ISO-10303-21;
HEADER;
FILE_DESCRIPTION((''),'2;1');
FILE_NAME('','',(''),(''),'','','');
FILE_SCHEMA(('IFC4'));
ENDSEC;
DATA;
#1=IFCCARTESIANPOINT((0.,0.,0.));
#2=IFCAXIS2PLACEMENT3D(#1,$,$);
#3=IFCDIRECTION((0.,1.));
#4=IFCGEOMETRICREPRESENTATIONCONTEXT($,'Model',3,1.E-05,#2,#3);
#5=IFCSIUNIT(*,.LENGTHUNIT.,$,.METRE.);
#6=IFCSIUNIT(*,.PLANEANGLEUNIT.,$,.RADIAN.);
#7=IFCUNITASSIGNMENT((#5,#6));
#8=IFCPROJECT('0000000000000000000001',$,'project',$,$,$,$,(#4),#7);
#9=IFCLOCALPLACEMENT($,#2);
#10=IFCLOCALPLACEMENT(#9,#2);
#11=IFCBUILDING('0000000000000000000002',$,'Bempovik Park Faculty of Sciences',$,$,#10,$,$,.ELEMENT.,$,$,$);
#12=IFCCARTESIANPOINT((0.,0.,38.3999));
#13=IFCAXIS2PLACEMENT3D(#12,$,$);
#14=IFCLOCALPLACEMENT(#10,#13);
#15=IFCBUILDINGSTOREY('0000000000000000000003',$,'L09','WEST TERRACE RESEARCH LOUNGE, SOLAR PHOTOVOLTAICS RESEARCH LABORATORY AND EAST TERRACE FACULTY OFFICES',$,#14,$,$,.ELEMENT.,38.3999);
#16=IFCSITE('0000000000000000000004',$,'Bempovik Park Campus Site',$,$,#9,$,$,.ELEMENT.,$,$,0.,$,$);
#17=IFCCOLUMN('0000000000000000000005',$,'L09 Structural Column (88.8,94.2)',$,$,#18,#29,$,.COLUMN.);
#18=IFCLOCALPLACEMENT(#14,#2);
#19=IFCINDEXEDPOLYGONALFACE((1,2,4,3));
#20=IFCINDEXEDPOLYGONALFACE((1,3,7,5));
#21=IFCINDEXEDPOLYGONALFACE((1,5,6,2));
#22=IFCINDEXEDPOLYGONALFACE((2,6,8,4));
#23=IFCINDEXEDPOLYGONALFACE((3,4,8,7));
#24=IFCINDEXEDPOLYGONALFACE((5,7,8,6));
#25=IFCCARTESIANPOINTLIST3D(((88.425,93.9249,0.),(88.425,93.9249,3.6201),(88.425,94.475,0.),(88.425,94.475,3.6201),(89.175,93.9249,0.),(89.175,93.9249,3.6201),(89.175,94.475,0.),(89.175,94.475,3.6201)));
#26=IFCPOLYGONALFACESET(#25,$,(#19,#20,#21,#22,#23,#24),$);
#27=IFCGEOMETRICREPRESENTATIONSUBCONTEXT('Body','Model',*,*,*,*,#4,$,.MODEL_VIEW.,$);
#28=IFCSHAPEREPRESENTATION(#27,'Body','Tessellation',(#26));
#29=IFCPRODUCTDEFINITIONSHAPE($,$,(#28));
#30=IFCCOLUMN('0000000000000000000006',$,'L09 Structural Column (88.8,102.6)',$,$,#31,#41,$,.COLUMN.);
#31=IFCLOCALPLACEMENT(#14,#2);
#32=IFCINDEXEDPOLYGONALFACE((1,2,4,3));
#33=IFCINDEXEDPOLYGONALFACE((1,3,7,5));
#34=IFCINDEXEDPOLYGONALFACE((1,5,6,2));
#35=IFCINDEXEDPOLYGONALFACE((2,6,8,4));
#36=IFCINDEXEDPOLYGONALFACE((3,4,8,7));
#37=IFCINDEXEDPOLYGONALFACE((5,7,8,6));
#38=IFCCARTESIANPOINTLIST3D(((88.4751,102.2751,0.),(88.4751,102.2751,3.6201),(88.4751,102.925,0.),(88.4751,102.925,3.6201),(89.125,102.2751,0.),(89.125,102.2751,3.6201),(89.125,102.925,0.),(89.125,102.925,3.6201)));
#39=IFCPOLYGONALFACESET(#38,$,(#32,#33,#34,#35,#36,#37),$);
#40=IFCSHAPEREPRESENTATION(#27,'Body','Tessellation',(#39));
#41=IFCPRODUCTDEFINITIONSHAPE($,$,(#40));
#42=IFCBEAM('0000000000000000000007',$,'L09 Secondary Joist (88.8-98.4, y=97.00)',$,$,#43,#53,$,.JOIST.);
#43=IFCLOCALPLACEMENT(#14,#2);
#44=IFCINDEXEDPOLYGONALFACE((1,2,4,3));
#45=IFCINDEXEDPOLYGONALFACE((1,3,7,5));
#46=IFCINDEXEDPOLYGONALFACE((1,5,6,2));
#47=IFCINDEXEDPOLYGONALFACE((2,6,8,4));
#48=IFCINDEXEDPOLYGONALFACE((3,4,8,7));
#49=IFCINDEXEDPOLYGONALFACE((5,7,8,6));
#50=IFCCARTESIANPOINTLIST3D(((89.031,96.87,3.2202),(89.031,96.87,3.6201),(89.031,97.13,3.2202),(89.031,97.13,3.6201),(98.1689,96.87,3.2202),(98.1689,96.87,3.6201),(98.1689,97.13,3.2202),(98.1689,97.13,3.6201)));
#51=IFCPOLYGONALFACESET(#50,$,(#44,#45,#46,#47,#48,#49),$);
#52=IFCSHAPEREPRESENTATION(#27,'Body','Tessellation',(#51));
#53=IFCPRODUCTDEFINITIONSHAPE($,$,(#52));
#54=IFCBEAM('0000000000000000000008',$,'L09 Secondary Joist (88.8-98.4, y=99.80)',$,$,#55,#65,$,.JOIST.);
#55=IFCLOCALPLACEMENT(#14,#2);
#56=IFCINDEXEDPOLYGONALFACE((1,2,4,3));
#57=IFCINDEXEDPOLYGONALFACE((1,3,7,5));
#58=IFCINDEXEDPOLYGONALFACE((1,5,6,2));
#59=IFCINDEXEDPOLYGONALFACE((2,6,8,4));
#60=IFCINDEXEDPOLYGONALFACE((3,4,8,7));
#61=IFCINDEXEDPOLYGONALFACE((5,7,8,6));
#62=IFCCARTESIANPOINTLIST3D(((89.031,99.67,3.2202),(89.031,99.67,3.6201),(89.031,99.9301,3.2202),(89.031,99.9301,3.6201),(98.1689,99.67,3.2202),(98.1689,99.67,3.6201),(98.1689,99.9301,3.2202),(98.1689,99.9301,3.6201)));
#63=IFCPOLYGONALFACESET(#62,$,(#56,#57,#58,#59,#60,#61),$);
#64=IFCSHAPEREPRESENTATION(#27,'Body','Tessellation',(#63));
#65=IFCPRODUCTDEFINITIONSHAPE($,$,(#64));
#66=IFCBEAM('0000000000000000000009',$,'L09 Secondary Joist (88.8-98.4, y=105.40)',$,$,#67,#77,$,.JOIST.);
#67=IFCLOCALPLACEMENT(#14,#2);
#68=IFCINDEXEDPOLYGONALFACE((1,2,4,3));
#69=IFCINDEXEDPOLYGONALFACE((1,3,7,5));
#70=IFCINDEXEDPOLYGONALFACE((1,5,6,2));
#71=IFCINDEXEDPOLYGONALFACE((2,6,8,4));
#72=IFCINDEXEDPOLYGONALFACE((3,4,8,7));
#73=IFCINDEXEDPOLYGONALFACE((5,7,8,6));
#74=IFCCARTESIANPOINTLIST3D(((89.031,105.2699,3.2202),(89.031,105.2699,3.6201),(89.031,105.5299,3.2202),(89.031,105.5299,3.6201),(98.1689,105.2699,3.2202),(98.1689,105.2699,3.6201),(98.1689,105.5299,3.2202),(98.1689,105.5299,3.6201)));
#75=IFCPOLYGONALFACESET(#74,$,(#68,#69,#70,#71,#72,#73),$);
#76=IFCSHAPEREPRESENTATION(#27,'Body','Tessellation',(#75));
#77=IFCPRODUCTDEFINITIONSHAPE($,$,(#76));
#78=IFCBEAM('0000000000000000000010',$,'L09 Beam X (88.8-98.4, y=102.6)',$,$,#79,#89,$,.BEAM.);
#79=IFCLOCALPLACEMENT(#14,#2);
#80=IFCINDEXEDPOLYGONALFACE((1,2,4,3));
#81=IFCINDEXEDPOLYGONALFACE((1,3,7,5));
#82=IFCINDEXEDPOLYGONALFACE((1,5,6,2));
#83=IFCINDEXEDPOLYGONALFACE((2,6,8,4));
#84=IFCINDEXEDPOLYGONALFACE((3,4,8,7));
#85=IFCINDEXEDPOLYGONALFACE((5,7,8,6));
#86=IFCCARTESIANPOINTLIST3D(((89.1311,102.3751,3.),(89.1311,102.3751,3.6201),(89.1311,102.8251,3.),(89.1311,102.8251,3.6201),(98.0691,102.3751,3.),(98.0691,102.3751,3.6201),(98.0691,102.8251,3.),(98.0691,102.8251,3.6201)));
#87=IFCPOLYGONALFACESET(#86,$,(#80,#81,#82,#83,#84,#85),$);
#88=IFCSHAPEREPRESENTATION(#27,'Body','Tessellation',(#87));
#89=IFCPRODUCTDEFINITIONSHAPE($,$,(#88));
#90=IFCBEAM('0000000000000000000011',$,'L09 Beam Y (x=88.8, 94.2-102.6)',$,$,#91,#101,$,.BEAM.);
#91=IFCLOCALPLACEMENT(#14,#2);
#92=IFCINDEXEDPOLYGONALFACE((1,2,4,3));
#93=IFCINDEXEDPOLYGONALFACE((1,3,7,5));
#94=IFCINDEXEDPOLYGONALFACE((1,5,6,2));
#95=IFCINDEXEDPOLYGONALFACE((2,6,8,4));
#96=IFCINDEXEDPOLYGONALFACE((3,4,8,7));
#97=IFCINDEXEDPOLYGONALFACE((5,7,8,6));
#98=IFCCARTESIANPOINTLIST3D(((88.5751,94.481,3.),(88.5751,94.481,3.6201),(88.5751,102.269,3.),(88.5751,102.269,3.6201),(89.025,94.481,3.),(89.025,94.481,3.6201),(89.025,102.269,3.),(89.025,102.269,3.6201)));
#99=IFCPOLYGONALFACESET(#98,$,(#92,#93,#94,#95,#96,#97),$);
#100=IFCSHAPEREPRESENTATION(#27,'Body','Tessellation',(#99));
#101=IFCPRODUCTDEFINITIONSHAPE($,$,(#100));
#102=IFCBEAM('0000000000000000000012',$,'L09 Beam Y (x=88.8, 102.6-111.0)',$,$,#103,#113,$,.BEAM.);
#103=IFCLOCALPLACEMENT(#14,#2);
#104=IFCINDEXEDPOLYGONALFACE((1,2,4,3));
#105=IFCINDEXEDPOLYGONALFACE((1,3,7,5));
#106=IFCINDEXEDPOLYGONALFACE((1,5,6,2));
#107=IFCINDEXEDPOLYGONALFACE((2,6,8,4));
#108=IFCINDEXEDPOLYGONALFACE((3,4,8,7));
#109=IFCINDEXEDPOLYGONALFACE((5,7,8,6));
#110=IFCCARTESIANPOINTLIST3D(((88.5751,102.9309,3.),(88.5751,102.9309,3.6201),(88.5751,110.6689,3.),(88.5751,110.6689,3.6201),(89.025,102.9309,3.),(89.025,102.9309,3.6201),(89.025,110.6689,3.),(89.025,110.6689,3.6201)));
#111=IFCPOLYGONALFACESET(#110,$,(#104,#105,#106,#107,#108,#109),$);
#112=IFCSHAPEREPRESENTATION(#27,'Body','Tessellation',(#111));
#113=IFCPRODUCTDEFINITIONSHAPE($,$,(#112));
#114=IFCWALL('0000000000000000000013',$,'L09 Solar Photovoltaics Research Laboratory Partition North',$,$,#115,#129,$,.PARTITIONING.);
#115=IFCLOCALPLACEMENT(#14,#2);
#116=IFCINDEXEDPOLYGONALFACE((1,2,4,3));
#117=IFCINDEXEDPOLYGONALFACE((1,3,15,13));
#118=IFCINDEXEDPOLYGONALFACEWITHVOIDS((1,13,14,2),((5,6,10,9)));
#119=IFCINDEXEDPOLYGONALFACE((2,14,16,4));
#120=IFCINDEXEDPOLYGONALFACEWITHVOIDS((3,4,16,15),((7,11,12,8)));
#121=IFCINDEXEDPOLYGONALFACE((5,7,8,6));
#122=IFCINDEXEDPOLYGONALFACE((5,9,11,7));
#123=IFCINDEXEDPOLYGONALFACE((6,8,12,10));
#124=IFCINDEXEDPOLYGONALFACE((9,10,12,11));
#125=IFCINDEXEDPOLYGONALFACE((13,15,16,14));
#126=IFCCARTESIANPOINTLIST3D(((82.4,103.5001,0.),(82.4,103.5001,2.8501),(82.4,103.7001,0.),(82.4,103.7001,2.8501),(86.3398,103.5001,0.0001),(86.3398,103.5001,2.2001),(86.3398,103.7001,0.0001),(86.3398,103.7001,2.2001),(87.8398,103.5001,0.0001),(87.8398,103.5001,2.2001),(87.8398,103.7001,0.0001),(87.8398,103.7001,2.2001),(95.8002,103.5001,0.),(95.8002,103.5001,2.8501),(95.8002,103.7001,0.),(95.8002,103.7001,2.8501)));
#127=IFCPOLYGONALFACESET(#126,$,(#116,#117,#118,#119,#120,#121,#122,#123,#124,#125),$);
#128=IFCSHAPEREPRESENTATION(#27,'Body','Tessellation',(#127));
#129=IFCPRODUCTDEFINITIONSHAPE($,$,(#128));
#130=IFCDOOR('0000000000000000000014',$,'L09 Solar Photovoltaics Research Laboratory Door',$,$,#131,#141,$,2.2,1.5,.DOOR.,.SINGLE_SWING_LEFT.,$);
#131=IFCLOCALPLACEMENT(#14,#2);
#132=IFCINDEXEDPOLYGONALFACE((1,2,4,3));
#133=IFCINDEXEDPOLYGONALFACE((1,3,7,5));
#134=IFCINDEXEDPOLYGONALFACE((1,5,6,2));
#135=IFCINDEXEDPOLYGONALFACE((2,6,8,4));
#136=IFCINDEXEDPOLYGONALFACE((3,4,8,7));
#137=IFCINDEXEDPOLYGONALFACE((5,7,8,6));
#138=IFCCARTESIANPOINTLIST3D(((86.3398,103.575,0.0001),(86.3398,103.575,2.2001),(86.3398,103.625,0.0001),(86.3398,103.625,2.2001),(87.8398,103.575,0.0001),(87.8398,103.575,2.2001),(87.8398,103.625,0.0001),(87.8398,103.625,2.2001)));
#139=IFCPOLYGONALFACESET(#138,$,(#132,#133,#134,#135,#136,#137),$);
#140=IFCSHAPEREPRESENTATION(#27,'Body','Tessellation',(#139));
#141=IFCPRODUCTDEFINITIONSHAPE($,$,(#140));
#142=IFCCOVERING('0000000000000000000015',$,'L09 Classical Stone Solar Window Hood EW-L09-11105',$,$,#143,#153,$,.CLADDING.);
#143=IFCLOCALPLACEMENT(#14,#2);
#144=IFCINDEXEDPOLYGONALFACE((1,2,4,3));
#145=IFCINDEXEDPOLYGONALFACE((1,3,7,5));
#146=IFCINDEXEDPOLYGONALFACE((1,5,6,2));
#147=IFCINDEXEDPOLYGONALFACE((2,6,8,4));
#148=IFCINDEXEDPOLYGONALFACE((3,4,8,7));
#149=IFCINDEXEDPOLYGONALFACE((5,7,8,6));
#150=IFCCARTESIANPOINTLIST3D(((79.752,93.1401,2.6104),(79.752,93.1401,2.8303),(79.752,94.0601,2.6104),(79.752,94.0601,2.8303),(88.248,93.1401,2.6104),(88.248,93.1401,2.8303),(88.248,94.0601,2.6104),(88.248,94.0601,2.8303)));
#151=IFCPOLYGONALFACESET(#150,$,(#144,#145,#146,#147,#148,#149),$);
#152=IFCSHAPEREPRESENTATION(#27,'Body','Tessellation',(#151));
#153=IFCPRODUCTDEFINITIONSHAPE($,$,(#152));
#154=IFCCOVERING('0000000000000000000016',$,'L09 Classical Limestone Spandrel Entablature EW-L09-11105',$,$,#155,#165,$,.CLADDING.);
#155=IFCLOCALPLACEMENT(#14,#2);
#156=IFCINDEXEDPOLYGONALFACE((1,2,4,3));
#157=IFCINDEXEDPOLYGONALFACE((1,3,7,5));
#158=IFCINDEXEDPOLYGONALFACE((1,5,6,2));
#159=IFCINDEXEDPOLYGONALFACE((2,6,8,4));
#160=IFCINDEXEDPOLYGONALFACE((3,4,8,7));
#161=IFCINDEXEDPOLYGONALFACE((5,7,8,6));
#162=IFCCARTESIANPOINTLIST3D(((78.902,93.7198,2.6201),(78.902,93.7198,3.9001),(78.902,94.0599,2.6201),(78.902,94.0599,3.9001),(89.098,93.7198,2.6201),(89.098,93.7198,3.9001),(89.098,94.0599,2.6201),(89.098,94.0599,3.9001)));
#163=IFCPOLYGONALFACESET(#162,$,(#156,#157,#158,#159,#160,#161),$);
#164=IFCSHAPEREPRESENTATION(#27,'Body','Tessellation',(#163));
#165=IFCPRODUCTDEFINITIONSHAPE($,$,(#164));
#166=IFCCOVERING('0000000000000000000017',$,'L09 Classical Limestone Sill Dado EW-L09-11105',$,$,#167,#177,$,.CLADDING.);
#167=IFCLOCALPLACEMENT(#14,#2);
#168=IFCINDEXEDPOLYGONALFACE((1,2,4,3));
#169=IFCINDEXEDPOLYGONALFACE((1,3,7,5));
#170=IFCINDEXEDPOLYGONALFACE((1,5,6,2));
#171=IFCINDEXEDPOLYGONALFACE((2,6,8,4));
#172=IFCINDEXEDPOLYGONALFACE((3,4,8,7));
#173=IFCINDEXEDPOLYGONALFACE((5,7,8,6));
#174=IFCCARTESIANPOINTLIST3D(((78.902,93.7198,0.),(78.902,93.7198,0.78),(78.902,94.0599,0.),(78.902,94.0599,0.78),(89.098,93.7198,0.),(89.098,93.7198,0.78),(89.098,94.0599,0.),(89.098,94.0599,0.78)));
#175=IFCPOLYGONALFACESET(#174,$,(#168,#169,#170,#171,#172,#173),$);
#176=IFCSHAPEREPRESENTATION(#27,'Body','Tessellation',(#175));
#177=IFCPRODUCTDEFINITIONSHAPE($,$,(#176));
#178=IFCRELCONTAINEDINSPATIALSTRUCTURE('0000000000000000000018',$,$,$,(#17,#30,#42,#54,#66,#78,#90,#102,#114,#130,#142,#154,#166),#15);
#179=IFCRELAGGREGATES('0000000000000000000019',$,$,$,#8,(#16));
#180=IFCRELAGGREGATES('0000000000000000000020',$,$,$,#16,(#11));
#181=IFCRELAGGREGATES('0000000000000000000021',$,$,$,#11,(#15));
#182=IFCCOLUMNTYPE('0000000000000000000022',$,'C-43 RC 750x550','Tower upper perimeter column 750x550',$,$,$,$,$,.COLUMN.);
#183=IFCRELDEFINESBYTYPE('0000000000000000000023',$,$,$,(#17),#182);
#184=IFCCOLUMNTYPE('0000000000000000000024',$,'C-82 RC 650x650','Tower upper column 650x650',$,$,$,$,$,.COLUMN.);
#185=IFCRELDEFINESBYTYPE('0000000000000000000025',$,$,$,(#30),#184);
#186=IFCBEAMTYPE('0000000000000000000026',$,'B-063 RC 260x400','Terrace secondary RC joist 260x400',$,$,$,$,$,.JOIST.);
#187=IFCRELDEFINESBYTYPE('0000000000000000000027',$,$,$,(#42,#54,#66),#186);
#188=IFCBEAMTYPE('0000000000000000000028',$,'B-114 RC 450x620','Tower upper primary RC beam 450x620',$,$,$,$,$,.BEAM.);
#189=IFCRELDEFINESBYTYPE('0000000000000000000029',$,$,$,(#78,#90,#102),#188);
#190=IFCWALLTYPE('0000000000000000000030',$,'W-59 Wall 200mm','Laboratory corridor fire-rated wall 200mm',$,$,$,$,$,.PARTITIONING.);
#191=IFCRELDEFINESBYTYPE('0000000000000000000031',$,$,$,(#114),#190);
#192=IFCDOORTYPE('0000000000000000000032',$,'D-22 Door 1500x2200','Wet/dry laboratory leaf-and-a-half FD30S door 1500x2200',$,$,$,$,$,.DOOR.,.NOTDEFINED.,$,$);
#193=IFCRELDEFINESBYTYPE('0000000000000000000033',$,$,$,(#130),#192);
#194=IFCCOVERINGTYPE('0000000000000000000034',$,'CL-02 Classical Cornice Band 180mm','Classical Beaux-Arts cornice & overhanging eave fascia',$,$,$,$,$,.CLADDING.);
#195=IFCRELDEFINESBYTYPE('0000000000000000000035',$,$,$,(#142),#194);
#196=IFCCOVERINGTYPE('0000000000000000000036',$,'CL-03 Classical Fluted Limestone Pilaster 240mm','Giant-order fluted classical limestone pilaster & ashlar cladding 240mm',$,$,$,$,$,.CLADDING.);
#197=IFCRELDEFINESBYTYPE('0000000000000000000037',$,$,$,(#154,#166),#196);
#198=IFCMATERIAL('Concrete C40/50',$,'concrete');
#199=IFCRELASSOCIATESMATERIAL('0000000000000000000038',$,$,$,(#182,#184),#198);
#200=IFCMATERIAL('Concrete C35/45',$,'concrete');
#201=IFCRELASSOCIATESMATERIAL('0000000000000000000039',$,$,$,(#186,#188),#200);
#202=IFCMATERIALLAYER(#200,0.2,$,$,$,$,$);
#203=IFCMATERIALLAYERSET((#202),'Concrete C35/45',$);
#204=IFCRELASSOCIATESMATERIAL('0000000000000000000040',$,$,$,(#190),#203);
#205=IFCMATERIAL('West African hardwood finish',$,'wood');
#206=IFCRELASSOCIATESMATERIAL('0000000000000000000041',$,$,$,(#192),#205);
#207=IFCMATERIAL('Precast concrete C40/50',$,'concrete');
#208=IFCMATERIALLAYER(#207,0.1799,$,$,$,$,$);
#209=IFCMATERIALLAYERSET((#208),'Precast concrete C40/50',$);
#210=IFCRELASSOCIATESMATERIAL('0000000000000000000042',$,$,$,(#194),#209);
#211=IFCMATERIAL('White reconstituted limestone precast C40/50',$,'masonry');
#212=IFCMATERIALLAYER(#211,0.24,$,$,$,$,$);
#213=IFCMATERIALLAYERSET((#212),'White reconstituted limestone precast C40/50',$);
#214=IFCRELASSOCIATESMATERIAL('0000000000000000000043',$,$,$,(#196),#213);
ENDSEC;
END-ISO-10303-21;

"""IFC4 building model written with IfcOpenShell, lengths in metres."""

from ifc_helpers import new_model, si_unit, direction, frame, frame_2d, origin, origin_2d, place, context, subcontext, project, spatial, rectangle, extrude, material, layer, layer_set, material_profile, profile_set, type_object, element, fill, save


model = new_model("IFC4")

# Units and contexts
model_context = context("Model", 3, precision=1e-05, world=origin(), true_north=direction((0.0, 1.0)))
body_context = subcontext(model_context, "Body", "Model", "MODEL_VIEW")
ifc_project = project(units=[si_unit("LENGTHUNIT", "METRE"), si_unit("PLANEANGLEUNIT", "RADIAN")], contexts=[model_context])

# Site, building, storey
site_placement = place(None, origin())
site = spatial("IfcSite", under=ifc_project, at=site_placement, Name="Bempovik Park Campus Site", CompositionType="ELEMENT", RefElevation=0.0)
building_placement = place(site_placement, origin())
building = spatial("IfcBuilding", under=site, at=building_placement, Name="Bempovik Park Faculty of Sciences", CompositionType="ELEMENT")
storey_placement = place(building_placement, frame((0.0, 0.0, 38.3999)))
storey = spatial("IfcBuildingStorey", under=building, at=storey_placement, Name="L09", Description="WEST TERRACE RESEARCH LOUNGE, SOLAR PHOTOVOLTAICS RESEARCH LABORATORY AND EAST TERRACE FACULTY OFFICES", CompositionType="ELEMENT", Elevation=38.3999)

# Columns
ifc_material_1 = material(Name="Concrete C40/50", Category="concrete")
ifc_material_profile_1 = material_profile(ifc_material_1, rectangle(XDim=0.75, YDim=0.55, at=origin_2d()), Name="RC 750x550")
ifc_profile_set_1 = profile_set([ifc_material_profile_1], Name="Concrete C40/50")
column_type_1 = type_object("IfcColumnType", Name="C-43 RC 750x550", Description="Tower upper perimeter column 750x550", PredefinedType="COLUMN", material=ifc_profile_set_1)
column_1_placement = place(storey_placement, frame((88.8, 94.2, 0.0), z_axis=(0.0, 0.0, 1.0), x_axis=(1.0, 0.0, 0.0)))
element("IfcColumn", 1, at=column_1_placement, inside=storey, type_object=column_type_1, Name="L09 Structural Column (88.8,94.2)", PredefinedType="COLUMN", context=body_context, shape_type="SweptSolid", body=[
    extrude(rectangle(XDim=0.75, YDim=0.55, at=origin_2d()), origin(), (0.0, 0.0, 1.0), 3.6201),
])
ifc_material_profile_2 = material_profile(ifc_material_1, rectangle(XDim=0.6499, YDim=0.6499, at=origin_2d()), Name="RC 650x650")
ifc_profile_set_2 = profile_set([ifc_material_profile_2], Name="Concrete C40/50")
column_type_2 = type_object("IfcColumnType", Name="C-82 RC 650x650", Description="Tower upper column 650x650", PredefinedType="COLUMN", material=ifc_profile_set_2)
column_2_placement = place(storey_placement, frame((88.8, 102.6001, 0.0), z_axis=(0.0, 0.0, 1.0), x_axis=(1.0, 0.0, 0.0)))
element("IfcColumn", 2, at=column_2_placement, inside=storey, type_object=column_type_2, Name="L09 Structural Column (88.8,102.6)", PredefinedType="COLUMN", context=body_context, shape_type="SweptSolid", body=[
    extrude(rectangle(XDim=0.6499, YDim=0.6499, at=origin_2d()), origin(), (0.0, 0.0, 1.0), 3.6201),
])

# Beams
ifc_material_2 = material(Name="Concrete C35/45", Category="concrete")
ifc_material_profile_3 = material_profile(ifc_material_2, rectangle(XDim=0.26, YDim=0.3999, at=origin_2d()), Name="RC 260x400")
ifc_profile_set_3 = profile_set([ifc_material_profile_3], Name="Concrete C35/45")
beam_type_1 = type_object("IfcBeamType", Name="B-063 RC 260x400", Description="Terrace secondary RC joist 260x400", PredefinedType="JOIST", material=ifc_profile_set_3)
for number, where, z_axis, x_axis, name in (
    (3, (89.031, 97.0, 3.4202), (1.0, 0.0, 0.0), (0.0, 1.0, 0.0), "L09 Secondary Joist (88.8-98.4, y=97.00)"),
    (4, (89.031, 99.8, 3.4202), (1.0, 0.0, 0.0), (0.0, 1.0, 0.0), "L09 Secondary Joist (88.8-98.4, y=99.80)"),
    (5, (89.031, 105.3999, 3.4202), (1.0, 0.0, 0.0), (0.0, 1.0, 0.0), "L09 Secondary Joist (88.8-98.4, y=105.40)"),
):
    element("IfcBeam", number, at=place(storey_placement, frame(where, z_axis=z_axis, x_axis=x_axis)), inside=storey, type_object=beam_type_1, Name=name, PredefinedType="JOIST", context=body_context, shape_type="SweptSolid", body=[
        extrude(rectangle(XDim=0.26, YDim=0.3999, at=origin_2d()), origin(), (0.0, 0.0, 1.0), 9.1379),
    ])
ifc_material_profile_4 = material_profile(ifc_material_2, rectangle(XDim=0.45, YDim=0.6201, at=origin_2d()), Name="RC 450x620")
ifc_profile_set_4 = profile_set([ifc_material_profile_4], Name="Concrete C35/45")
beam_type_2 = type_object("IfcBeamType", Name="B-114 RC 450x620", Description="Tower upper primary RC beam 450x620", PredefinedType="BEAM", material=ifc_profile_set_4)
beam_1_placement = place(storey_placement, frame((89.1311, 102.6001, 3.3101), z_axis=(1.0, 0.0, 0.0), x_axis=(0.0, 1.0, 0.0)))
element("IfcBeam", 6, at=beam_1_placement, inside=storey, type_object=beam_type_2, Name="L09 Beam X (88.8-98.4, y=102.6)", PredefinedType="BEAM", context=body_context, shape_type="SweptSolid", body=[
    extrude(rectangle(XDim=0.45, YDim=0.6201, at=origin_2d()), origin(), (0.0, 0.0, 1.0), 8.938),
])
beam_2_placement = place(storey_placement, frame((88.8, 94.481, 3.3101), z_axis=(0.0, 1.0, 0.0), x_axis=(-1.0, 0.0, 0.0)))
element("IfcBeam", 7, at=beam_2_placement, inside=storey, type_object=beam_type_2, Name="L09 Beam Y (x=88.8, 94.2-102.6)", PredefinedType="BEAM", context=body_context, shape_type="SweptSolid", body=[
    extrude(rectangle(XDim=0.45, YDim=0.6201, at=origin_2d()), origin(), (0.0, 0.0, 1.0), 7.7881),
])
beam_3_placement = place(storey_placement, frame((88.8, 102.9309, 3.3101), z_axis=(0.0, 1.0, 0.0), x_axis=(-1.0, 0.0, 0.0)))
element("IfcBeam", 8, at=beam_3_placement, inside=storey, type_object=beam_type_2, Name="L09 Beam Y (x=88.8, 102.6-111.0)", PredefinedType="BEAM", context=body_context, shape_type="SweptSolid", body=[
    extrude(rectangle(XDim=0.45, YDim=0.6201, at=origin_2d()), origin(), (0.0, 0.0, 1.0), 7.738),
])

# Wall, opening, door
ifc_layer_1 = layer(ifc_material_2, 0.2)
ifc_layer_set_1 = layer_set([ifc_layer_1], Name="Concrete C35/45")
wall_type = type_object("IfcWallType", Name="W-59 Wall 200mm", Description="Laboratory corridor fire-rated wall 200mm", PredefinedType="PARTITIONING", material=ifc_layer_set_1)
wall_placement = place(storey_placement, frame((82.3999, 103.6001, 0.0), z_axis=(0.0, 0.0, 1.0), x_axis=(1.0, 0.0, 0.0)))
wall = element("IfcWall", 9, at=wall_placement, inside=storey, type_object=wall_type, Name="L09 Solar Photovoltaics Research Laboratory Partition North", PredefinedType="PARTITIONING", context=body_context, shape_type="SweptSolid", body=[
    extrude(rectangle(XDim=13.4001, YDim=0.2, at=frame_2d((6.7002, 0.0))), origin(), (0.0, 0.0, 1.0), 2.8501),
])
opening_placement = place(wall_placement, frame((3.9399, 0.0, 0.0)))
opening = element("IfcOpeningElement", 10, at=opening_placement, cuts=wall, PredefinedType="OPENING", context=body_context, shape_type="SweptSolid", body=[
    extrude(rectangle(XDim=1.5, YDim=2.2, at=frame_2d((0.75, 1.1001))), frame((0.0, 0.1099, 0.0), z_axis=(0.0, -1.0, 0.0), x_axis=(1.0, 0.0, 0.0)), (0.0, 0.0, 1.0), 0.22),
])
ifc_material_3 = material(Name="West African hardwood finish", Category="wood")
door_type = type_object("IfcDoorType", Name="D-22 Door 1500x2200", Description="Wet/dry laboratory leaf-and-a-half FD30S door 1500x2200", OperationType="NOTDEFINED", PredefinedType="DOOR", material=ifc_material_3)
door_placement = place(opening_placement, origin())
door = element("IfcDoor", 11, at=door_placement, inside=storey, type_object=door_type, Name="L09 Solar Photovoltaics Research Laboratory Door", OperationType="SINGLE_SWING_LEFT", OverallHeight=2.2, OverallWidth=1.5, PredefinedType="DOOR", context=body_context, shape_type="SweptSolid", body=[
    extrude(rectangle(XDim=1.5, YDim=2.2, at=frame_2d((0.75, 1.1001))), frame((0.0, 0.0249, 0.0), z_axis=(0.0, -1.0, 0.0), x_axis=(1.0, 0.0, 0.0)), (0.0, 0.0, 1.0), 0.05),
])
fill(opening, door)

# Coverings
ifc_material_4 = material(Name="Precast concrete C40/50", Category="concrete")
ifc_layer_2 = layer(ifc_material_4, 0.1799)
ifc_layer_set_2 = layer_set([ifc_layer_2], Name="Precast concrete C40/50")
covering_type_1 = type_object("IfcCoveringType", Name="CL-02 Classical Cornice Band 180mm", Description="Classical Beaux-Arts cornice & overhanging eave fascia", PredefinedType="CLADDING", material=ifc_layer_set_2)
covering_1_placement = place(storey_placement, frame((84.0, 93.6001, 2.6104), z_axis=(0.0, 0.0, 1.0), x_axis=(1.0, 0.0, 0.0)))
element("IfcCovering", 12, at=covering_1_placement, inside=storey, type_object=covering_type_1, Name="L09 Classical Stone Solar Window Hood EW-L09-11105", PredefinedType="CLADDING", context=body_context, shape_type="SweptSolid", body=[
    extrude(rectangle(XDim=8.4961, YDim=0.9199, at=origin_2d()), origin(), (0.0, 0.0, 1.0), 0.22),
])
ifc_material_5 = material(Name="White reconstituted limestone precast C40/50", Category="masonry")
ifc_layer_3 = layer(ifc_material_5, 0.24)
ifc_layer_set_3 = layer_set([ifc_layer_3], Name="White reconstituted limestone precast C40/50")
covering_type_2 = type_object("IfcCoveringType", Name="CL-03 Classical Fluted Limestone Pilaster 240mm", Description="Giant-order fluted classical limestone pilaster & ashlar cladding 240mm", PredefinedType="CLADDING", material=ifc_layer_set_3)
covering_2_placement = place(storey_placement, frame((84.0, 93.8899, 2.6201), z_axis=(0.0, 0.0, 1.0), x_axis=(1.0, 0.0, 0.0)))
element("IfcCovering", 13, at=covering_2_placement, inside=storey, type_object=covering_type_2, Name="L09 Classical Limestone Spandrel Entablature EW-L09-11105", PredefinedType="CLADDING", context=body_context, shape_type="SweptSolid", body=[
    extrude(rectangle(XDim=10.196, YDim=0.3401, at=origin_2d()), origin(), (0.0, 0.0, 1.0), 1.28),
])
covering_3_placement = place(storey_placement, frame((84.0, 93.8899, 0.0), z_axis=(0.0, 0.0, 1.0), x_axis=(1.0, 0.0, 0.0)))
element("IfcCovering", 14, at=covering_3_placement, inside=storey, type_object=covering_type_2, Name="L09 Classical Limestone Sill Dado EW-L09-11105", PredefinedType="CLADDING", context=body_context, shape_type="SweptSolid", body=[
    extrude(rectangle(XDim=10.196, YDim=0.3401, at=origin_2d()), origin(), (0.0, 0.0, 1.0), 0.78),
])

save(model, "model.ifc")
